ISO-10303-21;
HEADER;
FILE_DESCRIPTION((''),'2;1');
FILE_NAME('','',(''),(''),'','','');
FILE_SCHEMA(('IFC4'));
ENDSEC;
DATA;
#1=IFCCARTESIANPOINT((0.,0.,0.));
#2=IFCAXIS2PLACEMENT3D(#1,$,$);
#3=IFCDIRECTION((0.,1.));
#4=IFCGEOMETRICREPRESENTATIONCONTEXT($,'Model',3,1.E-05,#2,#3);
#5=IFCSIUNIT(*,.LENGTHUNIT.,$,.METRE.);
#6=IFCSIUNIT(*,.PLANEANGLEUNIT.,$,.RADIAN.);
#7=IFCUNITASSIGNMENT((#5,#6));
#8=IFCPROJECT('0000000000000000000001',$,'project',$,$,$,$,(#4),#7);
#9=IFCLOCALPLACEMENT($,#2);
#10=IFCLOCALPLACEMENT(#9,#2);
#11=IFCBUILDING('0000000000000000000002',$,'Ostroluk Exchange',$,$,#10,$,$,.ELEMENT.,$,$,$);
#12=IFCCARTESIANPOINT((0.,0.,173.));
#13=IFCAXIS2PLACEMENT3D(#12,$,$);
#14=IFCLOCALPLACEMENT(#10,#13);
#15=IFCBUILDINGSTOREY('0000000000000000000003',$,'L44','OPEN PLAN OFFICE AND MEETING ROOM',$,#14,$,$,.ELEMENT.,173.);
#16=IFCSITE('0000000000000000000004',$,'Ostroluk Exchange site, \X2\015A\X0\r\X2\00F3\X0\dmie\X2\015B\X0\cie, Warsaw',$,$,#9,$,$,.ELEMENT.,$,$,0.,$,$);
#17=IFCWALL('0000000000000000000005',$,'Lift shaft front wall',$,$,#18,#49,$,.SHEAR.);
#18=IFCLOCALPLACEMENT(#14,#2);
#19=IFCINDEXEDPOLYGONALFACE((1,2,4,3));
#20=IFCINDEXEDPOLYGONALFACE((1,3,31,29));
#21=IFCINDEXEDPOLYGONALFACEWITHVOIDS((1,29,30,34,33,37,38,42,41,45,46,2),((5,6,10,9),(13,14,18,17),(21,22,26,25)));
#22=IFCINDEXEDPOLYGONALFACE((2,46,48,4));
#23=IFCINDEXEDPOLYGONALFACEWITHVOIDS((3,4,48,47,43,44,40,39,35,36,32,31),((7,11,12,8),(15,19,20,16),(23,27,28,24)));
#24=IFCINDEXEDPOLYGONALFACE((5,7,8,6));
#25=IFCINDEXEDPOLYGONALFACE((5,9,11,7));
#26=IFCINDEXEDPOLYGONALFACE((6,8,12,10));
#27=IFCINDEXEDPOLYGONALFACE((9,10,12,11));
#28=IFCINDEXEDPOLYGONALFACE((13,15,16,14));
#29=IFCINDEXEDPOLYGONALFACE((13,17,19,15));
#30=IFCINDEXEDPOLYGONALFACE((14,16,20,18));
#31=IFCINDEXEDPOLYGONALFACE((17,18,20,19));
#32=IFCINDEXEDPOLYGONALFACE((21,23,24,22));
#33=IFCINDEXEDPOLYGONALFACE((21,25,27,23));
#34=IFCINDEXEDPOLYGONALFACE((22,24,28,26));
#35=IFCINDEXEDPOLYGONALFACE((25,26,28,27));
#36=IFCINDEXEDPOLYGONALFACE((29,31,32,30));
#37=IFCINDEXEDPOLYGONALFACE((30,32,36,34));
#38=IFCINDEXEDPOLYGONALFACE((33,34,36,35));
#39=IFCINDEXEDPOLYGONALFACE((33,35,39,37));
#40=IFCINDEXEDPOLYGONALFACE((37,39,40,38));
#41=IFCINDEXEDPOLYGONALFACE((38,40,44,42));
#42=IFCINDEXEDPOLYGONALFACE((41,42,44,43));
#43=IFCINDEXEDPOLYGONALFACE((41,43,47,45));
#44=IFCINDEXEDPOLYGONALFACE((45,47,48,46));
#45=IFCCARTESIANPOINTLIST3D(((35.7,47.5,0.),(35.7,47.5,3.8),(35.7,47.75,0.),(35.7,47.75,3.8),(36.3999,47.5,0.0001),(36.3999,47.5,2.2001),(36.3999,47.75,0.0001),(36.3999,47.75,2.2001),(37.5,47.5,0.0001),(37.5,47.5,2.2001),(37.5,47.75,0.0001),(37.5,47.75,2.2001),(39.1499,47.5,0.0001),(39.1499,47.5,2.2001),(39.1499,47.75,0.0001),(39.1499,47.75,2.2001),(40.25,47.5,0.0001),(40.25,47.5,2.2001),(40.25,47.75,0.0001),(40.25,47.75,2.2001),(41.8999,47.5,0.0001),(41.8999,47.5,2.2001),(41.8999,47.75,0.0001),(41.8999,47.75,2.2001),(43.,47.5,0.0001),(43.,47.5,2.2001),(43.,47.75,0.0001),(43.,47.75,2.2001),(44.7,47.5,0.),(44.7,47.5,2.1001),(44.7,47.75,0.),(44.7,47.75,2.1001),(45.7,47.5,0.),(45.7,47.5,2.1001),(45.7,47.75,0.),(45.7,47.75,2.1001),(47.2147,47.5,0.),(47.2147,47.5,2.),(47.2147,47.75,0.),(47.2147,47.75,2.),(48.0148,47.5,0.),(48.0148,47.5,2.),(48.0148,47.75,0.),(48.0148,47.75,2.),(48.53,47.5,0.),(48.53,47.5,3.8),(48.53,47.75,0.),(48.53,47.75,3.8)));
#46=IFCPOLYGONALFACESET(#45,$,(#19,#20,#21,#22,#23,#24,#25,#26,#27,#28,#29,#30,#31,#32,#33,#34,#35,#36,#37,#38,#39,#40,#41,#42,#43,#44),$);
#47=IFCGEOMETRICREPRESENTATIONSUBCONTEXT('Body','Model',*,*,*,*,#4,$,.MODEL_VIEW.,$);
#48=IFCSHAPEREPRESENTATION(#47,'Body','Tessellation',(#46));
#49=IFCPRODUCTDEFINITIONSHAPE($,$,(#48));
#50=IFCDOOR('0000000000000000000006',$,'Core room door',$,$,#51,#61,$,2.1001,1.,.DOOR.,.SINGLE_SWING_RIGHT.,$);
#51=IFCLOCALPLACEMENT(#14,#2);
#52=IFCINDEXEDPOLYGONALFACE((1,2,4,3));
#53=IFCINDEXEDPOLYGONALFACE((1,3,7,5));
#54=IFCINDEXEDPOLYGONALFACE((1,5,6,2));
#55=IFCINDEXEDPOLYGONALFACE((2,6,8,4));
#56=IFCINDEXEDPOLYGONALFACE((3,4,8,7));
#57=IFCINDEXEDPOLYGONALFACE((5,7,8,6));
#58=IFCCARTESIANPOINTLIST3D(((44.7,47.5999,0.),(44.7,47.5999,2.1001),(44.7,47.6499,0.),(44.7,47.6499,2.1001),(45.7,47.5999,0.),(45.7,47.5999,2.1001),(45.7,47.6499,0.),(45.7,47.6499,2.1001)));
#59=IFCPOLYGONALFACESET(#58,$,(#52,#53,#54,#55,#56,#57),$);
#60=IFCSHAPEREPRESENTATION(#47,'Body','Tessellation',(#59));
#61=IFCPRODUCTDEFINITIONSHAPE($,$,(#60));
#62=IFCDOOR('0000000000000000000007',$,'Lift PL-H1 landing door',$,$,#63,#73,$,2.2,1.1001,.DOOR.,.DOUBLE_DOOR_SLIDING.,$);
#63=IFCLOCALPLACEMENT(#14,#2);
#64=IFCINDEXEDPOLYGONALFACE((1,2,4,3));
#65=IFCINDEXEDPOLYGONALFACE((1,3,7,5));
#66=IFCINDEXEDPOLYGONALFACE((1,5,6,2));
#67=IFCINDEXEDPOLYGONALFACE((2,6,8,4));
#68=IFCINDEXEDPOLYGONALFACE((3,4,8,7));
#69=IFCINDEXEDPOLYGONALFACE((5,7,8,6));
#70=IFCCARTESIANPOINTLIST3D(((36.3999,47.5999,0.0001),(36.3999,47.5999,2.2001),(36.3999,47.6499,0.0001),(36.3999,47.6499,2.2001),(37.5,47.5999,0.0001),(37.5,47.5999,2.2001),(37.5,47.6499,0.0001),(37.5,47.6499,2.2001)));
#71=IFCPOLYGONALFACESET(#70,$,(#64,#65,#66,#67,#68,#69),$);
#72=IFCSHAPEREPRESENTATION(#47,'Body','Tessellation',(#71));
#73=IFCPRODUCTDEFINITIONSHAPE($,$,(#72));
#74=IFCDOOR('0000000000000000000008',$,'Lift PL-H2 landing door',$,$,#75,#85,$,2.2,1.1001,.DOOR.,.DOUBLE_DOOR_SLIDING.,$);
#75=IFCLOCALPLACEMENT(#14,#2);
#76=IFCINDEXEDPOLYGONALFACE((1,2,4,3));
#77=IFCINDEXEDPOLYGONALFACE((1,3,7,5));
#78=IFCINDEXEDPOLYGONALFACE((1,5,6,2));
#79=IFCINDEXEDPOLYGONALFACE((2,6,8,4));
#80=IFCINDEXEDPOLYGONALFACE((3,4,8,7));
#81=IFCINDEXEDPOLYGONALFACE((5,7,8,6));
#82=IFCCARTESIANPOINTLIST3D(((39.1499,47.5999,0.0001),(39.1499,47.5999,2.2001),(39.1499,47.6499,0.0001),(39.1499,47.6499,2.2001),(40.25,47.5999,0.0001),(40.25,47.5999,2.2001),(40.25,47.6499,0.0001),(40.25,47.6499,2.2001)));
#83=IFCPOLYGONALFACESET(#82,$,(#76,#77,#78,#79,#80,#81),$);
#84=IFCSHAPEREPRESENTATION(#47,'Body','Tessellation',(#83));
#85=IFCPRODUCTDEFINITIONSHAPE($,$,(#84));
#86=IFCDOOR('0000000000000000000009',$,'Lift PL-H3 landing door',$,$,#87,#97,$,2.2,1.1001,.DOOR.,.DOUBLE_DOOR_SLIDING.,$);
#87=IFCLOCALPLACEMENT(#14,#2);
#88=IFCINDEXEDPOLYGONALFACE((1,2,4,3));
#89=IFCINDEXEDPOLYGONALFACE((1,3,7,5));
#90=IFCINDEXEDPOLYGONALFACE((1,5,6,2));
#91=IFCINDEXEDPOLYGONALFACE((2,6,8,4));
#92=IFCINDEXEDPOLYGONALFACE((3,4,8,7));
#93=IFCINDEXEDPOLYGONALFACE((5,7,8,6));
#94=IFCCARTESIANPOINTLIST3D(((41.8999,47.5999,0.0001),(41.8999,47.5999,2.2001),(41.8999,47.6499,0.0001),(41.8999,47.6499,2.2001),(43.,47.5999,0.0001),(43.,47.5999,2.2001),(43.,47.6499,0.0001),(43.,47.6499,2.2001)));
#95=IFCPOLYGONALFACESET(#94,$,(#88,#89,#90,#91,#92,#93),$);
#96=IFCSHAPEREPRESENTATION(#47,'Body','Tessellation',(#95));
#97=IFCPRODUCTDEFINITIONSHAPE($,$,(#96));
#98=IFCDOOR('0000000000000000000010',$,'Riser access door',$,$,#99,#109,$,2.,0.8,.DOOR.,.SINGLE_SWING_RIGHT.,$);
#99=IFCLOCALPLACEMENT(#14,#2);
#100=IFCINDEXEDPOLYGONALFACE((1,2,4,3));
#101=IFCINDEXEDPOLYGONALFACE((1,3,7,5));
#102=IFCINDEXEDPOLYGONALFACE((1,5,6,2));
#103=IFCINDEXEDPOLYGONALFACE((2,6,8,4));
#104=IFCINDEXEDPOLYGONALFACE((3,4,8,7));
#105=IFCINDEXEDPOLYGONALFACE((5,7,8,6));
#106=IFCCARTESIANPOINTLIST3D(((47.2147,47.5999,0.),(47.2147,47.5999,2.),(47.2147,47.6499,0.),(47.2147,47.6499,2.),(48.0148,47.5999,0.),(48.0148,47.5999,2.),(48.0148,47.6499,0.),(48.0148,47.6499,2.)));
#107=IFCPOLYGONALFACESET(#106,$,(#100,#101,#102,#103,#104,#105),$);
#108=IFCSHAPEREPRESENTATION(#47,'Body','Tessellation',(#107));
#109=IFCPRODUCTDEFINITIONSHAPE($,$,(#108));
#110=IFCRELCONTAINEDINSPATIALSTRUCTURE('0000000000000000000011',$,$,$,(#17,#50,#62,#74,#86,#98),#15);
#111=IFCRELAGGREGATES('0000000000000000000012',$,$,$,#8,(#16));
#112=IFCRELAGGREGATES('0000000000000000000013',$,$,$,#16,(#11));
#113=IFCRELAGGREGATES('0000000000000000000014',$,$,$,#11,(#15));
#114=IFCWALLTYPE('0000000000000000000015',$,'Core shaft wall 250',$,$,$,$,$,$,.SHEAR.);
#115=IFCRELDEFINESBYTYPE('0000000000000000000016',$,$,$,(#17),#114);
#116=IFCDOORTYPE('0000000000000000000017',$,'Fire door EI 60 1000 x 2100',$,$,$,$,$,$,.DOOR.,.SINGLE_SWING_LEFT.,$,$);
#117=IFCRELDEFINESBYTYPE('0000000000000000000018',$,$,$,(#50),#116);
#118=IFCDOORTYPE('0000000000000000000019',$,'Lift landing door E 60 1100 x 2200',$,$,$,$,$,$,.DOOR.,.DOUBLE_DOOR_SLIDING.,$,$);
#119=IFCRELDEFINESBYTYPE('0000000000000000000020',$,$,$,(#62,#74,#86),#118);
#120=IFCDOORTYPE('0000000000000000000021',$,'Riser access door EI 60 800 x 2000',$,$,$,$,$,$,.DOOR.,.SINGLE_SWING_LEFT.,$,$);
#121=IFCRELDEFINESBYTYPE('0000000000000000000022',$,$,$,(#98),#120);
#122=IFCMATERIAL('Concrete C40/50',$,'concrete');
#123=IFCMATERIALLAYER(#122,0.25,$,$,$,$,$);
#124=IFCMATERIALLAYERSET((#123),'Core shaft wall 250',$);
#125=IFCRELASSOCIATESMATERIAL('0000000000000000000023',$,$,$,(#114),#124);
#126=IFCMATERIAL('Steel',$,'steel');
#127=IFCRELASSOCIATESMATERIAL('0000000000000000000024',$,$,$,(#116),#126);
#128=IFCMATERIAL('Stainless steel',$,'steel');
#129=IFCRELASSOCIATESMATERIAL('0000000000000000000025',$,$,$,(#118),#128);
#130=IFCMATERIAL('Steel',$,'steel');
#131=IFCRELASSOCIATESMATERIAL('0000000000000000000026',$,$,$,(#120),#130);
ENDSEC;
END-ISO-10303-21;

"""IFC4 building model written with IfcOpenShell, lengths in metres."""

from ifc_helpers import new_model, si_unit, direction, frame, frame_2d, origin, place, context, subcontext, project, spatial, rectangle, extrude, material, layer, layer_set, type_object, element, fill, save


model = new_model("IFC4")

# Units and contexts
model_context = context("Model", 3, precision=1e-05, world=origin(), true_north=direction((0.0, 1.0)))
body_context = subcontext(model_context, "Body", "Model", "MODEL_VIEW")
ifc_project = project(units=[si_unit("LENGTHUNIT", "METRE"), si_unit("PLANEANGLEUNIT", "RADIAN")], contexts=[model_context])

# Site, building, storey
site_placement = place(None, origin())
site = spatial("IfcSite", under=ifc_project, at=site_placement, Name="Ostroluk Exchange site, Śródmieście, Warsaw", CompositionType="ELEMENT", RefElevation=0.0)
building_placement = place(site_placement, origin())
building = spatial("IfcBuilding", under=site, at=building_placement, Name="Ostroluk Exchange", CompositionType="ELEMENT")
storey_placement = place(building_placement, frame((0.0, 0.0, 173.0)))
storey = spatial("IfcBuildingStorey", under=building, at=storey_placement, Name="L44", Description="OPEN PLAN OFFICE AND MEETING ROOM", CompositionType="ELEMENT", Elevation=173.0)

# Shared definitions
ifc_material_1 = material(Name="Concrete C40/50", Category="concrete")
ifc_layer_1 = layer(ifc_material_1, 0.25)
ifc_layer_set_1 = layer_set([ifc_layer_1], Name="Core shaft wall 250")
wall_type_1 = type_object("IfcWallType", Name="Core shaft wall 250", PredefinedType="SHEAR", material=ifc_layer_set_1)

# Wall, openings, doors
wall_1_placement = place(storey_placement, frame((35.7, 47.625, 0.0), z_axis=(0.0, 0.0, 1.0), x_axis=(1.0, 0.0, 0.0)))
wall_1 = element("IfcWall", 1, at=wall_1_placement, inside=storey, type_object=wall_type_1, Name="Lift shaft front wall", PredefinedType="SHEAR", context=body_context, shape_type="SweptSolid", body=[
    extrude(rectangle(XDim=12.8301, YDim=0.25, at=frame_2d((6.415, 0.0))), origin(), (0.0, 0.0, 1.0), 3.8),
])
opening_1_placement = place(wall_1_placement, frame((0.7, 0.0, 0.0)))
opening_1 = element("IfcOpeningElement", 2, at=opening_1_placement, cuts=wall_1, PredefinedType="OPENING", context=body_context, shape_type="SweptSolid", body=[
    extrude(rectangle(XDim=1.1001, YDim=2.2, at=frame_2d((0.55, 1.1001))), frame((0.0, 0.135, 0.0), z_axis=(0.0, -1.0, 0.0), x_axis=(1.0, 0.0, 0.0)), (0.0, 0.0, 1.0), 0.27),
])
opening_2_placement = place(wall_1_placement, frame((3.45, 0.0, 0.0)))
opening_2 = element("IfcOpeningElement", 3, at=opening_2_placement, cuts=wall_1, PredefinedType="OPENING", context=body_context, shape_type="SweptSolid", body=[
    extrude(rectangle(XDim=1.1001, YDim=2.2, at=frame_2d((0.55, 1.1001))), frame((0.0, 0.135, 0.0), z_axis=(0.0, -1.0, 0.0), x_axis=(1.0, 0.0, 0.0)), (0.0, 0.0, 1.0), 0.27),
])
opening_3_placement = place(wall_1_placement, frame((6.2, 0.0, 0.0)))
opening_3 = element("IfcOpeningElement", 4, at=opening_3_placement, cuts=wall_1, PredefinedType="OPENING", context=body_context, shape_type="SweptSolid", body=[
    extrude(rectangle(XDim=1.1001, YDim=2.2, at=frame_2d((0.55, 1.1001))), frame((0.0, 0.135, 0.0), z_axis=(0.0, -1.0, 0.0), x_axis=(1.0, 0.0, 0.0)), (0.0, 0.0, 1.0), 0.27),
])
opening_4_placement = place(wall_1_placement, frame((9.0, 0.0, 0.0)))
opening_4 = element("IfcOpeningElement", 5, at=opening_4_placement, cuts=wall_1, PredefinedType="OPENING", context=body_context, shape_type="SweptSolid", body=[
    extrude(rectangle(XDim=1.0, YDim=2.1001, at=frame_2d((0.5, 1.05))), frame((0.0, 0.135, 0.0), z_axis=(0.0, -1.0, 0.0), x_axis=(1.0, 0.0, 0.0)), (0.0, 0.0, 1.0), 0.27),
])
opening_5_placement = place(wall_1_placement, frame((11.5149, 0.0, 0.0)))
opening_5 = element("IfcOpeningElement", 6, at=opening_5_placement, cuts=wall_1, PredefinedType="OPENING", context=body_context, shape_type="SweptSolid", body=[
    extrude(rectangle(XDim=0.8, YDim=2.0, at=frame_2d((0.3999, 1.0))), frame((0.0, 0.135, 0.0), z_axis=(0.0, -1.0, 0.0), x_axis=(1.0, 0.0, 0.0)), (0.0, 0.0, 1.0), 0.27),
])
ifc_material_2 = material(Name="Steel", Category="steel")
door_type_1 = type_object("IfcDoorType", Name="Fire door EI 60 1000 x 2100", OperationType="SINGLE_SWING_LEFT", PredefinedType="DOOR", material=ifc_material_2)
door_1_placement = place(opening_4_placement, origin())
door_1 = element("IfcDoor", 7, at=door_1_placement, inside=storey, type_object=door_type_1, Name="Core room door", OperationType="SINGLE_SWING_RIGHT", OverallHeight=2.1001, OverallWidth=1.0, PredefinedType="DOOR", context=body_context, shape_type="SweptSolid", body=[
    extrude(rectangle(XDim=1.0, YDim=2.1001, at=frame_2d((0.5, 1.05))), frame((0.0, 0.0249, 0.0), z_axis=(0.0, -1.0, 0.0), x_axis=(1.0, 0.0, 0.0)), (0.0, 0.0, 1.0), 0.05),
])
fill(opening_4, door_1)
ifc_material_3 = material(Name="Stainless steel", Category="steel")
door_type_2 = type_object("IfcDoorType", Name="Lift landing door E 60 1100 x 2200", OperationType="DOUBLE_DOOR_SLIDING", PredefinedType="DOOR", material=ifc_material_3)
door_2_placement = place(opening_1_placement, origin())
door_2 = element("IfcDoor", 8, at=door_2_placement, inside=storey, type_object=door_type_2, Name="Lift PL-H1 landing door", OperationType="DOUBLE_DOOR_SLIDING", OverallHeight=2.2, OverallWidth=1.1001, PredefinedType="DOOR", context=body_context, shape_type="SweptSolid", body=[
    extrude(rectangle(XDim=1.1001, YDim=2.2, at=frame_2d((0.55, 1.1001))), frame((0.0, 0.0249, 0.0), z_axis=(0.0, -1.0, 0.0), x_axis=(1.0, 0.0, 0.0)), (0.0, 0.0, 1.0), 0.05),
])
fill(opening_1, door_2)
door_3_placement = place(opening_2_placement, origin())
door_3 = element("IfcDoor", 9, at=door_3_placement, inside=storey, type_object=door_type_2, Name="Lift PL-H2 landing door", OperationType="DOUBLE_DOOR_SLIDING", OverallHeight=2.2, OverallWidth=1.1001, PredefinedType="DOOR", context=body_context, shape_type="SweptSolid", body=[
    extrude(rectangle(XDim=1.1001, YDim=2.2, at=frame_2d((0.55, 1.1001))), frame((0.0, 0.0249, 0.0), z_axis=(0.0, -1.0, 0.0), x_axis=(1.0, 0.0, 0.0)), (0.0, 0.0, 1.0), 0.05),
])
fill(opening_2, door_3)
door_4_placement = place(opening_3_placement, origin())
door_4 = element("IfcDoor", 10, at=door_4_placement, inside=storey, type_object=door_type_2, Name="Lift PL-H3 landing door", OperationType="DOUBLE_DOOR_SLIDING", OverallHeight=2.2, OverallWidth=1.1001, PredefinedType="DOOR", context=body_context, shape_type="SweptSolid", body=[
    extrude(rectangle(XDim=1.1001, YDim=2.2, at=frame_2d((0.55, 1.1001))), frame((0.0, 0.0249, 0.0), z_axis=(0.0, -1.0, 0.0), x_axis=(1.0, 0.0, 0.0)), (0.0, 0.0, 1.0), 0.05),
])
fill(opening_3, door_4)
ifc_material_4 = material(Name="Steel", Category="steel")
door_type_3 = type_object("IfcDoorType", Name="Riser access door EI 60 800 x 2000", OperationType="SINGLE_SWING_LEFT", PredefinedType="DOOR", material=ifc_material_4)
door_5_placement = place(opening_5_placement, origin())
door_5 = element("IfcDoor", 11, at=door_5_placement, inside=storey, type_object=door_type_3, Name="Riser access door", OperationType="SINGLE_SWING_RIGHT", OverallHeight=2.0, OverallWidth=0.8, PredefinedType="DOOR", context=body_context, shape_type="SweptSolid", body=[
    extrude(rectangle(XDim=0.8, YDim=2.0, at=frame_2d((0.3999, 1.0))), frame((0.0, 0.0249, 0.0), z_axis=(0.0, -1.0, 0.0), x_axis=(1.0, 0.0, 0.0)), (0.0, 0.0, 1.0), 0.05),
])
fill(opening_5, door_5)

save(model, "model.ifc")
